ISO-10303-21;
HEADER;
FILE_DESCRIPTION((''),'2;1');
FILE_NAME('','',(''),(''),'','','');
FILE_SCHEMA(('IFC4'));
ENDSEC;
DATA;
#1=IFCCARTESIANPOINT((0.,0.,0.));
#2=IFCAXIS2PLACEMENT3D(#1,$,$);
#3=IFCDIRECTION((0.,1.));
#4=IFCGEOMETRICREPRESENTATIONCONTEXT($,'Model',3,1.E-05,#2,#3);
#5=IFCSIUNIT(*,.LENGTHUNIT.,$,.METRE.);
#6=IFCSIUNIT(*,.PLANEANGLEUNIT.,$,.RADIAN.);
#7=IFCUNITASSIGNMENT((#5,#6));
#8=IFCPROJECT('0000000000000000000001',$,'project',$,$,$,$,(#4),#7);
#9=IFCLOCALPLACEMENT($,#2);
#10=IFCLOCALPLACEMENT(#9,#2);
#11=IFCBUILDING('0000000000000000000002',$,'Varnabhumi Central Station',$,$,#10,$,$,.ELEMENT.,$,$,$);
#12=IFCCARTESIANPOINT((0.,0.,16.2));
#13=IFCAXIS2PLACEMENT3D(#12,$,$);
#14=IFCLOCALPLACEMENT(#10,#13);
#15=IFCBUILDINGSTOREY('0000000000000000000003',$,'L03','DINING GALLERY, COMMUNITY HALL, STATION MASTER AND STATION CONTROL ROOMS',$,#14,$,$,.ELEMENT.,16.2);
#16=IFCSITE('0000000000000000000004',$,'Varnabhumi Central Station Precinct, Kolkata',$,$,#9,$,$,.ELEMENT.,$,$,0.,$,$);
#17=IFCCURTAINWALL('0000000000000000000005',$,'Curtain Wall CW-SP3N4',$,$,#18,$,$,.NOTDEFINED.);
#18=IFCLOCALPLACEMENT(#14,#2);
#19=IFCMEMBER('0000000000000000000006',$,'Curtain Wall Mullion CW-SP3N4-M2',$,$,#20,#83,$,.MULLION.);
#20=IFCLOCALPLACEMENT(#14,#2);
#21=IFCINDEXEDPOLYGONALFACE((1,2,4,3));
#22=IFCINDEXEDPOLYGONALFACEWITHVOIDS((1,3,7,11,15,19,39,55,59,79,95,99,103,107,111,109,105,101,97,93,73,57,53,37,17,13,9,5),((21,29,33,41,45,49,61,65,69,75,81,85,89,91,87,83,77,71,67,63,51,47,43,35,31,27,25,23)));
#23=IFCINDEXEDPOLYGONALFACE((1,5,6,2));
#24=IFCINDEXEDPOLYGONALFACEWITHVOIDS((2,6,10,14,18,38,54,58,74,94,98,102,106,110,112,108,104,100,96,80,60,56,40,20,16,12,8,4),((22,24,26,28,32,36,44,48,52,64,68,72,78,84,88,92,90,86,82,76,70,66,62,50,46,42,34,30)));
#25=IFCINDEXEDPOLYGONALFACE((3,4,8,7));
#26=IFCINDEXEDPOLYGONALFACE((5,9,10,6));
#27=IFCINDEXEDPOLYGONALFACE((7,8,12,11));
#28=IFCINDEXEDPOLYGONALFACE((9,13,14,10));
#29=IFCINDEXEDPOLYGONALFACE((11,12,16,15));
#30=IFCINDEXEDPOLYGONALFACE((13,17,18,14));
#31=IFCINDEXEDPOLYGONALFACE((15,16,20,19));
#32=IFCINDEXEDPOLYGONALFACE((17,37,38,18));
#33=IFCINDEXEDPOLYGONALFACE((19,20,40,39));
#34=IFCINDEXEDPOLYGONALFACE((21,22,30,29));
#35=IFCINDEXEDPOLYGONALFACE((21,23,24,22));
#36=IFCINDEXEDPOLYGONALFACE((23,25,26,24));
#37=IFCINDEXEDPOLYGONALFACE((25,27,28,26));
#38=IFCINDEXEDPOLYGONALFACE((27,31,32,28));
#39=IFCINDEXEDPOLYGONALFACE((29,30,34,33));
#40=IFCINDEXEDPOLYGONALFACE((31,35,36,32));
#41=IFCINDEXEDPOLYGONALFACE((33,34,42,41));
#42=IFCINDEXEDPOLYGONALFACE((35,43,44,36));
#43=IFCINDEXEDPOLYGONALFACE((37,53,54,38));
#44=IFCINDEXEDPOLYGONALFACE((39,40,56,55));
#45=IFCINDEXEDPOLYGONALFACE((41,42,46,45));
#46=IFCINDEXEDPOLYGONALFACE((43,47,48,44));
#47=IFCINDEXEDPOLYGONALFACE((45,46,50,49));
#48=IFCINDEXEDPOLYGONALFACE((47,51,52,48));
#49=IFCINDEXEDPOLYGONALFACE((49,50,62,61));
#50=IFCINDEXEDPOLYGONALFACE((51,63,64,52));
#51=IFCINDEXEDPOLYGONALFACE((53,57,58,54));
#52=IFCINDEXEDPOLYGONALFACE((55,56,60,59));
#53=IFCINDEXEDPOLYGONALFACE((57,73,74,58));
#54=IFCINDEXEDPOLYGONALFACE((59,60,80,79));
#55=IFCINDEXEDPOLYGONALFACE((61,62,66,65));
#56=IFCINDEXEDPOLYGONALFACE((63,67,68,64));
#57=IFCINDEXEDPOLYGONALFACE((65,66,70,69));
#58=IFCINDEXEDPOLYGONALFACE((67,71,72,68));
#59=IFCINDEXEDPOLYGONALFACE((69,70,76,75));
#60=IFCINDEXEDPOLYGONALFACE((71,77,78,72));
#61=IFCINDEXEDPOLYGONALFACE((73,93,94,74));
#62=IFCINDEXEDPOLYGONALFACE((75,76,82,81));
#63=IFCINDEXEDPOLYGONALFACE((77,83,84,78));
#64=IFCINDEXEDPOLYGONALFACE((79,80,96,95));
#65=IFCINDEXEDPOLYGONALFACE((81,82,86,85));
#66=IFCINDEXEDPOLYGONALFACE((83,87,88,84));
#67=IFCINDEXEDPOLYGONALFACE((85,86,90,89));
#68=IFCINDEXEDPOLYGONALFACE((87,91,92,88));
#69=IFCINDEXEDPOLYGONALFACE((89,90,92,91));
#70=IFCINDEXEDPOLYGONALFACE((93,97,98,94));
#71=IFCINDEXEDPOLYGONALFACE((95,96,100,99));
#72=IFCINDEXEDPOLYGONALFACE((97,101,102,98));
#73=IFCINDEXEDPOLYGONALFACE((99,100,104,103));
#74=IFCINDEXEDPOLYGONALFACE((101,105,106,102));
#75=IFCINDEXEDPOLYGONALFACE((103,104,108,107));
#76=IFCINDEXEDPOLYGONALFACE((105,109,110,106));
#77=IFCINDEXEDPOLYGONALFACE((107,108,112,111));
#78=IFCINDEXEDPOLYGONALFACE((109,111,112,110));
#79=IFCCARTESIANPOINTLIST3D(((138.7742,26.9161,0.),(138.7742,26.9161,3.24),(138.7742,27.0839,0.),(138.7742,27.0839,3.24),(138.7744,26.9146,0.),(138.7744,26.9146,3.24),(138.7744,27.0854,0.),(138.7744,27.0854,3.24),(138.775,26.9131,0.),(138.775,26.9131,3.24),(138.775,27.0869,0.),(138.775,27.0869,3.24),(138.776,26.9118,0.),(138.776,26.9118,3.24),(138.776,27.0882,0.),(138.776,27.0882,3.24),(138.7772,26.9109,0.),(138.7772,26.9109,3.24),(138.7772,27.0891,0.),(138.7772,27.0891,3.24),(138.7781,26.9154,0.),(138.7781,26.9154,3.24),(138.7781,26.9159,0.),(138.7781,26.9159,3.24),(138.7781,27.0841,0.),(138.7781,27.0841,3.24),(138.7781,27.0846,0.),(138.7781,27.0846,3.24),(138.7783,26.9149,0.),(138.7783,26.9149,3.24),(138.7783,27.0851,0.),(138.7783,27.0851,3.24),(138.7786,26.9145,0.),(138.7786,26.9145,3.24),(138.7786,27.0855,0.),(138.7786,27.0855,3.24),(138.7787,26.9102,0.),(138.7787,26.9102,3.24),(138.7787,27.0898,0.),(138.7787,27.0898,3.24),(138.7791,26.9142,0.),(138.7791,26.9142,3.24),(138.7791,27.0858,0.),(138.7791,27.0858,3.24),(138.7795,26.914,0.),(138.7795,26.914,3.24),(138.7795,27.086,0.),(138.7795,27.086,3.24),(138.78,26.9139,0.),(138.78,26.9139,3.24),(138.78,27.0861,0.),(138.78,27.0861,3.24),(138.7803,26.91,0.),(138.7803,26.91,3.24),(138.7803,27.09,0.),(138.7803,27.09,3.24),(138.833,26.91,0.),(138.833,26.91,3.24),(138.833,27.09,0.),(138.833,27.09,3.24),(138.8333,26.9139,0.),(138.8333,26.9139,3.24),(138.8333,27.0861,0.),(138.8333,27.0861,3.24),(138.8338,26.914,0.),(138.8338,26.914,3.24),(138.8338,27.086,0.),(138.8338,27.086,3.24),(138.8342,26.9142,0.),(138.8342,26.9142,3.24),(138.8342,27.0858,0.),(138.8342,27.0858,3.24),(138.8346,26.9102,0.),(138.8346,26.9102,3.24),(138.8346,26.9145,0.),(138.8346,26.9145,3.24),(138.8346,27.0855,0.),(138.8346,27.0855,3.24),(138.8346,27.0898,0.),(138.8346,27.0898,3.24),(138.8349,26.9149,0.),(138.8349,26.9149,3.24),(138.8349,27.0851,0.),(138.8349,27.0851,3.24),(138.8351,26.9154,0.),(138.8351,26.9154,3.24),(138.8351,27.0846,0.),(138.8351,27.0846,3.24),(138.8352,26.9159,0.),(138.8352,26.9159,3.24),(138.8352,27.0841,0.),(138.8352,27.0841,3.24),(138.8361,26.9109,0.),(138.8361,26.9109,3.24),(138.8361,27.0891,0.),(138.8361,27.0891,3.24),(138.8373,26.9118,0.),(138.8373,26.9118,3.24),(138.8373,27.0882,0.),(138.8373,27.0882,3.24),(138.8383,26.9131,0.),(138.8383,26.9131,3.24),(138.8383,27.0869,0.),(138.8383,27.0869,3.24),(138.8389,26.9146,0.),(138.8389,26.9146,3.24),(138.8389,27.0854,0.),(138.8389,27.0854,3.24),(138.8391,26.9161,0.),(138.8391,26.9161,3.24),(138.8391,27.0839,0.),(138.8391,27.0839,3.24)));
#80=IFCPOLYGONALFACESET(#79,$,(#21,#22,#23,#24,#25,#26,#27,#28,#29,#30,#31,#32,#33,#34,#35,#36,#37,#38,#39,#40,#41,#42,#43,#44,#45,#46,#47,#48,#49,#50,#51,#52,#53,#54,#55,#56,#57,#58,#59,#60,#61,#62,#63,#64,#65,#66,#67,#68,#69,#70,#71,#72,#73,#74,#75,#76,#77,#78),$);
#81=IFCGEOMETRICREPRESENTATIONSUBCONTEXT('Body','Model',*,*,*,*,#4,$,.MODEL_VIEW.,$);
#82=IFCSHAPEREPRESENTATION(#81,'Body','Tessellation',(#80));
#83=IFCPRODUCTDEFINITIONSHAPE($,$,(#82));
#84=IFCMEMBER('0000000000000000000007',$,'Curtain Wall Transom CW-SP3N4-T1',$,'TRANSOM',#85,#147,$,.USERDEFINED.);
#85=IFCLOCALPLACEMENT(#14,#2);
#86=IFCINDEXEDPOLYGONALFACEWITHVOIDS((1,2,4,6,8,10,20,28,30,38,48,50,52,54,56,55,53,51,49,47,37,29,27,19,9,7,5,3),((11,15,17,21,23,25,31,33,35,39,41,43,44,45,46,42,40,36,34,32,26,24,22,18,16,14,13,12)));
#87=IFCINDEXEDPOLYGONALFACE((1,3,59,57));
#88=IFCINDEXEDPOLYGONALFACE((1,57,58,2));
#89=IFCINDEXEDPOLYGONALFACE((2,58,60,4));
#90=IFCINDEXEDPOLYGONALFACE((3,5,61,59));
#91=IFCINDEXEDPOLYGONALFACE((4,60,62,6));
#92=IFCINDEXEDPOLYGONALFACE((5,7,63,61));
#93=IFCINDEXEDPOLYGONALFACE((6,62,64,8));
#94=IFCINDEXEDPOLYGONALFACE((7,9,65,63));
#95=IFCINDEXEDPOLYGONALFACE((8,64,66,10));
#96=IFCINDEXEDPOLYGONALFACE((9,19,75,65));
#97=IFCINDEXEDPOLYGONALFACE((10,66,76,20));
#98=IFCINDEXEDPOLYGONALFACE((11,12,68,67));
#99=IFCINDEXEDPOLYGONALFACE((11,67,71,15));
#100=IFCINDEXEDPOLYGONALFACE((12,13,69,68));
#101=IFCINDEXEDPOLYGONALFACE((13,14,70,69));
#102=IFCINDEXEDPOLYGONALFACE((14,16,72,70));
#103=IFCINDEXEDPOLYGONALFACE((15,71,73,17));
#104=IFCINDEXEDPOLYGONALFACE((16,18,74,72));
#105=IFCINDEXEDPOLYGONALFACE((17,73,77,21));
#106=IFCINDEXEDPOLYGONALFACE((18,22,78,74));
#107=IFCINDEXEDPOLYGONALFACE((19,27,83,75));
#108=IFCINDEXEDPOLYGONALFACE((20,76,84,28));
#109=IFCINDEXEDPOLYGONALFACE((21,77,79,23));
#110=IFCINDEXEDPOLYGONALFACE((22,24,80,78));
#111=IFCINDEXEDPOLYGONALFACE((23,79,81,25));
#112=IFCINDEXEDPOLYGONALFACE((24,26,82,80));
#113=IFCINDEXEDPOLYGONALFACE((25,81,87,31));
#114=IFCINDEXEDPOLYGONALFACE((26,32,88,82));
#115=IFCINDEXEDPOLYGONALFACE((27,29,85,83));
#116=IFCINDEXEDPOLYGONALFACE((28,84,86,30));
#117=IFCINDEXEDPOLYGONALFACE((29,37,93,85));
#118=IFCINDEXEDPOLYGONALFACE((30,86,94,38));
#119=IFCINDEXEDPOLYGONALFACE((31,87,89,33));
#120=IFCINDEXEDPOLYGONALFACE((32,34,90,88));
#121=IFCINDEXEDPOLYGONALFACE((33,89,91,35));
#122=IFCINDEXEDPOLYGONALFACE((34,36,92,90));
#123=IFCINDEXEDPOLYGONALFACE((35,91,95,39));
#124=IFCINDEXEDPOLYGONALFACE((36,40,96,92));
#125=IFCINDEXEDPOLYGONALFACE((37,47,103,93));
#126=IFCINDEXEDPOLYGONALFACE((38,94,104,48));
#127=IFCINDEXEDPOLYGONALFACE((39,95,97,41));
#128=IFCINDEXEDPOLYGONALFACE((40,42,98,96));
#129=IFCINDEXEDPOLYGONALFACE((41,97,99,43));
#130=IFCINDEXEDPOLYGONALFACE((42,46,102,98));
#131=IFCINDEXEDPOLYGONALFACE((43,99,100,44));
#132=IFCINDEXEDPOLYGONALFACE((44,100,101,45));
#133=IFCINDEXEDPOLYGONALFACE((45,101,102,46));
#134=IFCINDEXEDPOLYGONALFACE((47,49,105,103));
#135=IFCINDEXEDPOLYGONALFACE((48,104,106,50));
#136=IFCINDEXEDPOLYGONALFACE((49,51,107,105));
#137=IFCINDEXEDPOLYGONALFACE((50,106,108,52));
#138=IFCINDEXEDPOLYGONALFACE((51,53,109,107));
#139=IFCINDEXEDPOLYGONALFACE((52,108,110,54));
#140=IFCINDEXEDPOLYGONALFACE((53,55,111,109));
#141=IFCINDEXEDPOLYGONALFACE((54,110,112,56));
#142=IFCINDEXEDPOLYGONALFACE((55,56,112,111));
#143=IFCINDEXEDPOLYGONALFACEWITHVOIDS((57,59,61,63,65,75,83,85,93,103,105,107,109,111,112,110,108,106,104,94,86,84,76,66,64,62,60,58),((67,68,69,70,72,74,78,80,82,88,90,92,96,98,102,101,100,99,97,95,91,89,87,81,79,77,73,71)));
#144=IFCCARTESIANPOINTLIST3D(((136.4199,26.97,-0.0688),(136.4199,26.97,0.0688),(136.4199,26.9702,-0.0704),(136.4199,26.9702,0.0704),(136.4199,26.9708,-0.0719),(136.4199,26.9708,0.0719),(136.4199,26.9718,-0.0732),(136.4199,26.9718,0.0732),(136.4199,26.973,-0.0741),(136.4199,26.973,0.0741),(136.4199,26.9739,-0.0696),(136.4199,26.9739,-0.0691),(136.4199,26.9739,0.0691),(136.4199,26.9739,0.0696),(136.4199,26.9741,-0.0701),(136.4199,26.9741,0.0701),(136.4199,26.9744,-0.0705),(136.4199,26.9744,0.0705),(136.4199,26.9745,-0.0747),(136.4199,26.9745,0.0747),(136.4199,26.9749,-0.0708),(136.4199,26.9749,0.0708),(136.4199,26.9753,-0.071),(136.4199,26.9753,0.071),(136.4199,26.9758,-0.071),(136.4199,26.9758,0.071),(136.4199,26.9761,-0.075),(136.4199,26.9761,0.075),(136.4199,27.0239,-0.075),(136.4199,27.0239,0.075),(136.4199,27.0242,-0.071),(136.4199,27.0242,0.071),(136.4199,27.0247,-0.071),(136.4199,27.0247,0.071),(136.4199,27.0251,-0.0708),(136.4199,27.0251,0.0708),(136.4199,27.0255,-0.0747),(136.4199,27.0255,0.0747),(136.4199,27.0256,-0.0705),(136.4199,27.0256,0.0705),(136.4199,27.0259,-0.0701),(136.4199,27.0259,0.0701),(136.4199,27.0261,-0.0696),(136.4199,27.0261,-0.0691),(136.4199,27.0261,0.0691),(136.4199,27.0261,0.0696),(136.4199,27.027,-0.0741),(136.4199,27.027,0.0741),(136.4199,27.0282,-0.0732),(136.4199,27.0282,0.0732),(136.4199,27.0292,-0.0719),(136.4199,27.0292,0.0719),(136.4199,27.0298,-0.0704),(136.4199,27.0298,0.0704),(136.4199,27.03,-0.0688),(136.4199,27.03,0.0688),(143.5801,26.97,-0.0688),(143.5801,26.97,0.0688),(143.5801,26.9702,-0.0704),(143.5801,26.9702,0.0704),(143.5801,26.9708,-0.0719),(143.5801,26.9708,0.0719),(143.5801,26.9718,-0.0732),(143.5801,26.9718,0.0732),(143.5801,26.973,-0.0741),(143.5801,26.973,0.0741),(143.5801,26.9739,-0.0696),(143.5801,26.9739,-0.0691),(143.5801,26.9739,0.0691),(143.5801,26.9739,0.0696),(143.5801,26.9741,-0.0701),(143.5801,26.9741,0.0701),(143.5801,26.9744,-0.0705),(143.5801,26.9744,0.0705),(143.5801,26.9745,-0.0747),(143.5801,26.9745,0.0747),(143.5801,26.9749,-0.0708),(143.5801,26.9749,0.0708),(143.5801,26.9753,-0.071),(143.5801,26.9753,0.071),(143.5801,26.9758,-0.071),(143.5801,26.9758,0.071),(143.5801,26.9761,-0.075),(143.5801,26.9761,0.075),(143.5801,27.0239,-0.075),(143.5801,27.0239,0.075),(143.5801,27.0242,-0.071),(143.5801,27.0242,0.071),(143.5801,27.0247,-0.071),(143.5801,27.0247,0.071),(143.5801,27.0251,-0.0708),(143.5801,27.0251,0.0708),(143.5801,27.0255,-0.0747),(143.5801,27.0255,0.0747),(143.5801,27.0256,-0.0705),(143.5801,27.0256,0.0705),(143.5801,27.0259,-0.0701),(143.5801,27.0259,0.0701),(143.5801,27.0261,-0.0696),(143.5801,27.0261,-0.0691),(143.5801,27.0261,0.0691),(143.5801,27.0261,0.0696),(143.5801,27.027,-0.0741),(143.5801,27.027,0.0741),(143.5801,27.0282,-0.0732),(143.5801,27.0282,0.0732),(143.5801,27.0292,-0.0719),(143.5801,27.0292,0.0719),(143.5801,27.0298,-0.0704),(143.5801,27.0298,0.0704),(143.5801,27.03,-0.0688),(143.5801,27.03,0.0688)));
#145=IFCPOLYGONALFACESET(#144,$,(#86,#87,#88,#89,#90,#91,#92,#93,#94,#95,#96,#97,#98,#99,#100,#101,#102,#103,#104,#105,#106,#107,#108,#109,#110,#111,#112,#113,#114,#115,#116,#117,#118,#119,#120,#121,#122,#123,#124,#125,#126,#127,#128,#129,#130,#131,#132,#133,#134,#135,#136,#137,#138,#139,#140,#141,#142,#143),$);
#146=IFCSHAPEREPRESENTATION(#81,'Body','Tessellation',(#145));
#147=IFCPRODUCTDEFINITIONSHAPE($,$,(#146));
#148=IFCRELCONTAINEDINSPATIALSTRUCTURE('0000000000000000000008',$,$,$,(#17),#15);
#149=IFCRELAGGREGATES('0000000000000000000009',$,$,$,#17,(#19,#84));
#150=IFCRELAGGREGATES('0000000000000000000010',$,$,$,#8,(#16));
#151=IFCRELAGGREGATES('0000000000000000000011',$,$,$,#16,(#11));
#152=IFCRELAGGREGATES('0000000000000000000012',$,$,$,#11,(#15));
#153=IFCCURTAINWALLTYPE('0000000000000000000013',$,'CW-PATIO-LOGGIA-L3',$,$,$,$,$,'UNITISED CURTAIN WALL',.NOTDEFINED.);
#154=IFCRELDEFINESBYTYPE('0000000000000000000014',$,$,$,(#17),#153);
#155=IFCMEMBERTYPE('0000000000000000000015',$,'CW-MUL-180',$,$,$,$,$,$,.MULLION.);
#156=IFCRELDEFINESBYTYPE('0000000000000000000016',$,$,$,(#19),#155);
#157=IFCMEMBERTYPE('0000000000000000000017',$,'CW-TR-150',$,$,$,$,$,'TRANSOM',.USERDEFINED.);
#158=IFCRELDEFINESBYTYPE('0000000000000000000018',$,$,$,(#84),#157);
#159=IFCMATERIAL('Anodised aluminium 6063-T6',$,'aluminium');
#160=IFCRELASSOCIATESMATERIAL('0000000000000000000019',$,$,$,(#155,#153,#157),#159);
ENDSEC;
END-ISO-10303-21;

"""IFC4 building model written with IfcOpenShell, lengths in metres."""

from ifc_helpers import new_model, si_unit, direction, frame, origin, origin_2d, place, context, subcontext, project, spatial, hollow_rectangle, extrude, material, material_profile, profile_set, type_object, element, aggregate, save


model = new_model("IFC4")

# Units and contexts
model_context = context("Model", 3, precision=1e-05, world=origin(), true_north=direction((0.0, 1.0)))
body_context = subcontext(model_context, "Body", "Model", "MODEL_VIEW")
ifc_project = project(units=[si_unit("LENGTHUNIT", "METRE"), si_unit("PLANEANGLEUNIT", "RADIAN")], contexts=[model_context])

# Site, building, storey
site_placement = place(None, origin())
site = spatial("IfcSite", under=ifc_project, at=site_placement, Name="Varnabhumi Central Station Precinct, Kolkata", CompositionType="ELEMENT", RefElevation=0.0)
building_placement = place(site_placement, origin())
building = spatial("IfcBuilding", under=site, at=building_placement, Name="Varnabhumi Central Station", CompositionType="ELEMENT")
storey_placement = place(building_placement, frame((0.0, 0.0, 16.2)))
storey = spatial("IfcBuildingStorey", under=building, at=storey_placement, Name="L03", Description="DINING GALLERY, COMMUNITY HALL, STATION MASTER AND STATION CONTROL ROOMS", CompositionType="ELEMENT", Elevation=16.2)

# Curtain wall, members
ifc_material_1 = material(Name="Anodised aluminium 6063-T6", Category="aluminium")
ifc_material_profile_1 = material_profile(ifc_material_1, hollow_rectangle(XDim=0.0649, YDim=0.1799, WallThickness=0.0039, InnerFilletRadius=0.002, OuterFilletRadius=0.0061, at=origin_2d()), Name="Anodised aluminium 6063-T6", Category="aluminium")
ifc_profile_set_1 = profile_set([ifc_material_profile_1], Name="Anodised aluminium 6063-T6")
member_type_1 = type_object("IfcMemberType", Name="CW-MUL-180", PredefinedType="MULLION", material=ifc_profile_set_1)
curtain_wall_type_1 = type_object("IfcCurtainWallType", Name="CW-PATIO-LOGGIA-L3", ElementType="UNITISED CURTAIN WALL", PredefinedType="NOTDEFINED", material=ifc_material_1)
curtain_wall_1_placement = place(storey_placement, origin())
curtain_wall_1 = element("IfcCurtainWall", 1, at=curtain_wall_1_placement, inside=storey, type_object=curtain_wall_type_1, Name="Curtain Wall CW-SP3N4", PredefinedType="NOTDEFINED")
member_1_placement = place(storey_placement, frame((138.8066, 27.0, 0.0), z_axis=(0.0, 0.0, 1.0), x_axis=(1.0, 0.0, 0.0)))
member_1 = element("IfcMember", 2, at=member_1_placement, type_object=member_type_1, Name="Curtain Wall Mullion CW-SP3N4-M2", PredefinedType="MULLION", context=body_context, shape_type="SweptSolid", body=[
    extrude(hollow_rectangle(XDim=0.0649, YDim=0.1799, WallThickness=0.0039, InnerFilletRadius=0.002, OuterFilletRadius=0.0061, at=origin_2d()), origin(), (0.0, 0.0, 1.0), 3.24),
])
ifc_material_profile_2 = material_profile(ifc_material_1, hollow_rectangle(XDim=0.0601, YDim=0.1499, WallThickness=0.0039, InnerFilletRadius=0.002, OuterFilletRadius=0.0061, at=origin_2d()), Name="Anodised aluminium 6063-T6", Category="aluminium")
ifc_profile_set_2 = profile_set([ifc_material_profile_2], Name="Anodised aluminium 6063-T6")
member_type_2 = type_object("IfcMemberType", Name="CW-TR-150", ElementType="TRANSOM", PredefinedType="USERDEFINED", material=ifc_profile_set_2)
member_2_placement = place(storey_placement, frame((136.4199, 27.0, 0.0), z_axis=(1.0, 0.0, 0.0), x_axis=(0.0, 1.0, 0.0)))
member_2 = element("IfcMember", 3, at=member_2_placement, type_object=member_type_2, Name="Curtain Wall Transom CW-SP3N4-T1", ObjectType="TRANSOM", PredefinedType="USERDEFINED", context=body_context, shape_type="SweptSolid", body=[
    extrude(hollow_rectangle(XDim=0.0601, YDim=0.1499, WallThickness=0.0039, InnerFilletRadius=0.002, OuterFilletRadius=0.0061, at=origin_2d()), origin(), (0.0, 0.0, 1.0), 7.1602),
])

aggregate(curtain_wall_1, [member_1, member_2])

save(model, "model.ifc")
